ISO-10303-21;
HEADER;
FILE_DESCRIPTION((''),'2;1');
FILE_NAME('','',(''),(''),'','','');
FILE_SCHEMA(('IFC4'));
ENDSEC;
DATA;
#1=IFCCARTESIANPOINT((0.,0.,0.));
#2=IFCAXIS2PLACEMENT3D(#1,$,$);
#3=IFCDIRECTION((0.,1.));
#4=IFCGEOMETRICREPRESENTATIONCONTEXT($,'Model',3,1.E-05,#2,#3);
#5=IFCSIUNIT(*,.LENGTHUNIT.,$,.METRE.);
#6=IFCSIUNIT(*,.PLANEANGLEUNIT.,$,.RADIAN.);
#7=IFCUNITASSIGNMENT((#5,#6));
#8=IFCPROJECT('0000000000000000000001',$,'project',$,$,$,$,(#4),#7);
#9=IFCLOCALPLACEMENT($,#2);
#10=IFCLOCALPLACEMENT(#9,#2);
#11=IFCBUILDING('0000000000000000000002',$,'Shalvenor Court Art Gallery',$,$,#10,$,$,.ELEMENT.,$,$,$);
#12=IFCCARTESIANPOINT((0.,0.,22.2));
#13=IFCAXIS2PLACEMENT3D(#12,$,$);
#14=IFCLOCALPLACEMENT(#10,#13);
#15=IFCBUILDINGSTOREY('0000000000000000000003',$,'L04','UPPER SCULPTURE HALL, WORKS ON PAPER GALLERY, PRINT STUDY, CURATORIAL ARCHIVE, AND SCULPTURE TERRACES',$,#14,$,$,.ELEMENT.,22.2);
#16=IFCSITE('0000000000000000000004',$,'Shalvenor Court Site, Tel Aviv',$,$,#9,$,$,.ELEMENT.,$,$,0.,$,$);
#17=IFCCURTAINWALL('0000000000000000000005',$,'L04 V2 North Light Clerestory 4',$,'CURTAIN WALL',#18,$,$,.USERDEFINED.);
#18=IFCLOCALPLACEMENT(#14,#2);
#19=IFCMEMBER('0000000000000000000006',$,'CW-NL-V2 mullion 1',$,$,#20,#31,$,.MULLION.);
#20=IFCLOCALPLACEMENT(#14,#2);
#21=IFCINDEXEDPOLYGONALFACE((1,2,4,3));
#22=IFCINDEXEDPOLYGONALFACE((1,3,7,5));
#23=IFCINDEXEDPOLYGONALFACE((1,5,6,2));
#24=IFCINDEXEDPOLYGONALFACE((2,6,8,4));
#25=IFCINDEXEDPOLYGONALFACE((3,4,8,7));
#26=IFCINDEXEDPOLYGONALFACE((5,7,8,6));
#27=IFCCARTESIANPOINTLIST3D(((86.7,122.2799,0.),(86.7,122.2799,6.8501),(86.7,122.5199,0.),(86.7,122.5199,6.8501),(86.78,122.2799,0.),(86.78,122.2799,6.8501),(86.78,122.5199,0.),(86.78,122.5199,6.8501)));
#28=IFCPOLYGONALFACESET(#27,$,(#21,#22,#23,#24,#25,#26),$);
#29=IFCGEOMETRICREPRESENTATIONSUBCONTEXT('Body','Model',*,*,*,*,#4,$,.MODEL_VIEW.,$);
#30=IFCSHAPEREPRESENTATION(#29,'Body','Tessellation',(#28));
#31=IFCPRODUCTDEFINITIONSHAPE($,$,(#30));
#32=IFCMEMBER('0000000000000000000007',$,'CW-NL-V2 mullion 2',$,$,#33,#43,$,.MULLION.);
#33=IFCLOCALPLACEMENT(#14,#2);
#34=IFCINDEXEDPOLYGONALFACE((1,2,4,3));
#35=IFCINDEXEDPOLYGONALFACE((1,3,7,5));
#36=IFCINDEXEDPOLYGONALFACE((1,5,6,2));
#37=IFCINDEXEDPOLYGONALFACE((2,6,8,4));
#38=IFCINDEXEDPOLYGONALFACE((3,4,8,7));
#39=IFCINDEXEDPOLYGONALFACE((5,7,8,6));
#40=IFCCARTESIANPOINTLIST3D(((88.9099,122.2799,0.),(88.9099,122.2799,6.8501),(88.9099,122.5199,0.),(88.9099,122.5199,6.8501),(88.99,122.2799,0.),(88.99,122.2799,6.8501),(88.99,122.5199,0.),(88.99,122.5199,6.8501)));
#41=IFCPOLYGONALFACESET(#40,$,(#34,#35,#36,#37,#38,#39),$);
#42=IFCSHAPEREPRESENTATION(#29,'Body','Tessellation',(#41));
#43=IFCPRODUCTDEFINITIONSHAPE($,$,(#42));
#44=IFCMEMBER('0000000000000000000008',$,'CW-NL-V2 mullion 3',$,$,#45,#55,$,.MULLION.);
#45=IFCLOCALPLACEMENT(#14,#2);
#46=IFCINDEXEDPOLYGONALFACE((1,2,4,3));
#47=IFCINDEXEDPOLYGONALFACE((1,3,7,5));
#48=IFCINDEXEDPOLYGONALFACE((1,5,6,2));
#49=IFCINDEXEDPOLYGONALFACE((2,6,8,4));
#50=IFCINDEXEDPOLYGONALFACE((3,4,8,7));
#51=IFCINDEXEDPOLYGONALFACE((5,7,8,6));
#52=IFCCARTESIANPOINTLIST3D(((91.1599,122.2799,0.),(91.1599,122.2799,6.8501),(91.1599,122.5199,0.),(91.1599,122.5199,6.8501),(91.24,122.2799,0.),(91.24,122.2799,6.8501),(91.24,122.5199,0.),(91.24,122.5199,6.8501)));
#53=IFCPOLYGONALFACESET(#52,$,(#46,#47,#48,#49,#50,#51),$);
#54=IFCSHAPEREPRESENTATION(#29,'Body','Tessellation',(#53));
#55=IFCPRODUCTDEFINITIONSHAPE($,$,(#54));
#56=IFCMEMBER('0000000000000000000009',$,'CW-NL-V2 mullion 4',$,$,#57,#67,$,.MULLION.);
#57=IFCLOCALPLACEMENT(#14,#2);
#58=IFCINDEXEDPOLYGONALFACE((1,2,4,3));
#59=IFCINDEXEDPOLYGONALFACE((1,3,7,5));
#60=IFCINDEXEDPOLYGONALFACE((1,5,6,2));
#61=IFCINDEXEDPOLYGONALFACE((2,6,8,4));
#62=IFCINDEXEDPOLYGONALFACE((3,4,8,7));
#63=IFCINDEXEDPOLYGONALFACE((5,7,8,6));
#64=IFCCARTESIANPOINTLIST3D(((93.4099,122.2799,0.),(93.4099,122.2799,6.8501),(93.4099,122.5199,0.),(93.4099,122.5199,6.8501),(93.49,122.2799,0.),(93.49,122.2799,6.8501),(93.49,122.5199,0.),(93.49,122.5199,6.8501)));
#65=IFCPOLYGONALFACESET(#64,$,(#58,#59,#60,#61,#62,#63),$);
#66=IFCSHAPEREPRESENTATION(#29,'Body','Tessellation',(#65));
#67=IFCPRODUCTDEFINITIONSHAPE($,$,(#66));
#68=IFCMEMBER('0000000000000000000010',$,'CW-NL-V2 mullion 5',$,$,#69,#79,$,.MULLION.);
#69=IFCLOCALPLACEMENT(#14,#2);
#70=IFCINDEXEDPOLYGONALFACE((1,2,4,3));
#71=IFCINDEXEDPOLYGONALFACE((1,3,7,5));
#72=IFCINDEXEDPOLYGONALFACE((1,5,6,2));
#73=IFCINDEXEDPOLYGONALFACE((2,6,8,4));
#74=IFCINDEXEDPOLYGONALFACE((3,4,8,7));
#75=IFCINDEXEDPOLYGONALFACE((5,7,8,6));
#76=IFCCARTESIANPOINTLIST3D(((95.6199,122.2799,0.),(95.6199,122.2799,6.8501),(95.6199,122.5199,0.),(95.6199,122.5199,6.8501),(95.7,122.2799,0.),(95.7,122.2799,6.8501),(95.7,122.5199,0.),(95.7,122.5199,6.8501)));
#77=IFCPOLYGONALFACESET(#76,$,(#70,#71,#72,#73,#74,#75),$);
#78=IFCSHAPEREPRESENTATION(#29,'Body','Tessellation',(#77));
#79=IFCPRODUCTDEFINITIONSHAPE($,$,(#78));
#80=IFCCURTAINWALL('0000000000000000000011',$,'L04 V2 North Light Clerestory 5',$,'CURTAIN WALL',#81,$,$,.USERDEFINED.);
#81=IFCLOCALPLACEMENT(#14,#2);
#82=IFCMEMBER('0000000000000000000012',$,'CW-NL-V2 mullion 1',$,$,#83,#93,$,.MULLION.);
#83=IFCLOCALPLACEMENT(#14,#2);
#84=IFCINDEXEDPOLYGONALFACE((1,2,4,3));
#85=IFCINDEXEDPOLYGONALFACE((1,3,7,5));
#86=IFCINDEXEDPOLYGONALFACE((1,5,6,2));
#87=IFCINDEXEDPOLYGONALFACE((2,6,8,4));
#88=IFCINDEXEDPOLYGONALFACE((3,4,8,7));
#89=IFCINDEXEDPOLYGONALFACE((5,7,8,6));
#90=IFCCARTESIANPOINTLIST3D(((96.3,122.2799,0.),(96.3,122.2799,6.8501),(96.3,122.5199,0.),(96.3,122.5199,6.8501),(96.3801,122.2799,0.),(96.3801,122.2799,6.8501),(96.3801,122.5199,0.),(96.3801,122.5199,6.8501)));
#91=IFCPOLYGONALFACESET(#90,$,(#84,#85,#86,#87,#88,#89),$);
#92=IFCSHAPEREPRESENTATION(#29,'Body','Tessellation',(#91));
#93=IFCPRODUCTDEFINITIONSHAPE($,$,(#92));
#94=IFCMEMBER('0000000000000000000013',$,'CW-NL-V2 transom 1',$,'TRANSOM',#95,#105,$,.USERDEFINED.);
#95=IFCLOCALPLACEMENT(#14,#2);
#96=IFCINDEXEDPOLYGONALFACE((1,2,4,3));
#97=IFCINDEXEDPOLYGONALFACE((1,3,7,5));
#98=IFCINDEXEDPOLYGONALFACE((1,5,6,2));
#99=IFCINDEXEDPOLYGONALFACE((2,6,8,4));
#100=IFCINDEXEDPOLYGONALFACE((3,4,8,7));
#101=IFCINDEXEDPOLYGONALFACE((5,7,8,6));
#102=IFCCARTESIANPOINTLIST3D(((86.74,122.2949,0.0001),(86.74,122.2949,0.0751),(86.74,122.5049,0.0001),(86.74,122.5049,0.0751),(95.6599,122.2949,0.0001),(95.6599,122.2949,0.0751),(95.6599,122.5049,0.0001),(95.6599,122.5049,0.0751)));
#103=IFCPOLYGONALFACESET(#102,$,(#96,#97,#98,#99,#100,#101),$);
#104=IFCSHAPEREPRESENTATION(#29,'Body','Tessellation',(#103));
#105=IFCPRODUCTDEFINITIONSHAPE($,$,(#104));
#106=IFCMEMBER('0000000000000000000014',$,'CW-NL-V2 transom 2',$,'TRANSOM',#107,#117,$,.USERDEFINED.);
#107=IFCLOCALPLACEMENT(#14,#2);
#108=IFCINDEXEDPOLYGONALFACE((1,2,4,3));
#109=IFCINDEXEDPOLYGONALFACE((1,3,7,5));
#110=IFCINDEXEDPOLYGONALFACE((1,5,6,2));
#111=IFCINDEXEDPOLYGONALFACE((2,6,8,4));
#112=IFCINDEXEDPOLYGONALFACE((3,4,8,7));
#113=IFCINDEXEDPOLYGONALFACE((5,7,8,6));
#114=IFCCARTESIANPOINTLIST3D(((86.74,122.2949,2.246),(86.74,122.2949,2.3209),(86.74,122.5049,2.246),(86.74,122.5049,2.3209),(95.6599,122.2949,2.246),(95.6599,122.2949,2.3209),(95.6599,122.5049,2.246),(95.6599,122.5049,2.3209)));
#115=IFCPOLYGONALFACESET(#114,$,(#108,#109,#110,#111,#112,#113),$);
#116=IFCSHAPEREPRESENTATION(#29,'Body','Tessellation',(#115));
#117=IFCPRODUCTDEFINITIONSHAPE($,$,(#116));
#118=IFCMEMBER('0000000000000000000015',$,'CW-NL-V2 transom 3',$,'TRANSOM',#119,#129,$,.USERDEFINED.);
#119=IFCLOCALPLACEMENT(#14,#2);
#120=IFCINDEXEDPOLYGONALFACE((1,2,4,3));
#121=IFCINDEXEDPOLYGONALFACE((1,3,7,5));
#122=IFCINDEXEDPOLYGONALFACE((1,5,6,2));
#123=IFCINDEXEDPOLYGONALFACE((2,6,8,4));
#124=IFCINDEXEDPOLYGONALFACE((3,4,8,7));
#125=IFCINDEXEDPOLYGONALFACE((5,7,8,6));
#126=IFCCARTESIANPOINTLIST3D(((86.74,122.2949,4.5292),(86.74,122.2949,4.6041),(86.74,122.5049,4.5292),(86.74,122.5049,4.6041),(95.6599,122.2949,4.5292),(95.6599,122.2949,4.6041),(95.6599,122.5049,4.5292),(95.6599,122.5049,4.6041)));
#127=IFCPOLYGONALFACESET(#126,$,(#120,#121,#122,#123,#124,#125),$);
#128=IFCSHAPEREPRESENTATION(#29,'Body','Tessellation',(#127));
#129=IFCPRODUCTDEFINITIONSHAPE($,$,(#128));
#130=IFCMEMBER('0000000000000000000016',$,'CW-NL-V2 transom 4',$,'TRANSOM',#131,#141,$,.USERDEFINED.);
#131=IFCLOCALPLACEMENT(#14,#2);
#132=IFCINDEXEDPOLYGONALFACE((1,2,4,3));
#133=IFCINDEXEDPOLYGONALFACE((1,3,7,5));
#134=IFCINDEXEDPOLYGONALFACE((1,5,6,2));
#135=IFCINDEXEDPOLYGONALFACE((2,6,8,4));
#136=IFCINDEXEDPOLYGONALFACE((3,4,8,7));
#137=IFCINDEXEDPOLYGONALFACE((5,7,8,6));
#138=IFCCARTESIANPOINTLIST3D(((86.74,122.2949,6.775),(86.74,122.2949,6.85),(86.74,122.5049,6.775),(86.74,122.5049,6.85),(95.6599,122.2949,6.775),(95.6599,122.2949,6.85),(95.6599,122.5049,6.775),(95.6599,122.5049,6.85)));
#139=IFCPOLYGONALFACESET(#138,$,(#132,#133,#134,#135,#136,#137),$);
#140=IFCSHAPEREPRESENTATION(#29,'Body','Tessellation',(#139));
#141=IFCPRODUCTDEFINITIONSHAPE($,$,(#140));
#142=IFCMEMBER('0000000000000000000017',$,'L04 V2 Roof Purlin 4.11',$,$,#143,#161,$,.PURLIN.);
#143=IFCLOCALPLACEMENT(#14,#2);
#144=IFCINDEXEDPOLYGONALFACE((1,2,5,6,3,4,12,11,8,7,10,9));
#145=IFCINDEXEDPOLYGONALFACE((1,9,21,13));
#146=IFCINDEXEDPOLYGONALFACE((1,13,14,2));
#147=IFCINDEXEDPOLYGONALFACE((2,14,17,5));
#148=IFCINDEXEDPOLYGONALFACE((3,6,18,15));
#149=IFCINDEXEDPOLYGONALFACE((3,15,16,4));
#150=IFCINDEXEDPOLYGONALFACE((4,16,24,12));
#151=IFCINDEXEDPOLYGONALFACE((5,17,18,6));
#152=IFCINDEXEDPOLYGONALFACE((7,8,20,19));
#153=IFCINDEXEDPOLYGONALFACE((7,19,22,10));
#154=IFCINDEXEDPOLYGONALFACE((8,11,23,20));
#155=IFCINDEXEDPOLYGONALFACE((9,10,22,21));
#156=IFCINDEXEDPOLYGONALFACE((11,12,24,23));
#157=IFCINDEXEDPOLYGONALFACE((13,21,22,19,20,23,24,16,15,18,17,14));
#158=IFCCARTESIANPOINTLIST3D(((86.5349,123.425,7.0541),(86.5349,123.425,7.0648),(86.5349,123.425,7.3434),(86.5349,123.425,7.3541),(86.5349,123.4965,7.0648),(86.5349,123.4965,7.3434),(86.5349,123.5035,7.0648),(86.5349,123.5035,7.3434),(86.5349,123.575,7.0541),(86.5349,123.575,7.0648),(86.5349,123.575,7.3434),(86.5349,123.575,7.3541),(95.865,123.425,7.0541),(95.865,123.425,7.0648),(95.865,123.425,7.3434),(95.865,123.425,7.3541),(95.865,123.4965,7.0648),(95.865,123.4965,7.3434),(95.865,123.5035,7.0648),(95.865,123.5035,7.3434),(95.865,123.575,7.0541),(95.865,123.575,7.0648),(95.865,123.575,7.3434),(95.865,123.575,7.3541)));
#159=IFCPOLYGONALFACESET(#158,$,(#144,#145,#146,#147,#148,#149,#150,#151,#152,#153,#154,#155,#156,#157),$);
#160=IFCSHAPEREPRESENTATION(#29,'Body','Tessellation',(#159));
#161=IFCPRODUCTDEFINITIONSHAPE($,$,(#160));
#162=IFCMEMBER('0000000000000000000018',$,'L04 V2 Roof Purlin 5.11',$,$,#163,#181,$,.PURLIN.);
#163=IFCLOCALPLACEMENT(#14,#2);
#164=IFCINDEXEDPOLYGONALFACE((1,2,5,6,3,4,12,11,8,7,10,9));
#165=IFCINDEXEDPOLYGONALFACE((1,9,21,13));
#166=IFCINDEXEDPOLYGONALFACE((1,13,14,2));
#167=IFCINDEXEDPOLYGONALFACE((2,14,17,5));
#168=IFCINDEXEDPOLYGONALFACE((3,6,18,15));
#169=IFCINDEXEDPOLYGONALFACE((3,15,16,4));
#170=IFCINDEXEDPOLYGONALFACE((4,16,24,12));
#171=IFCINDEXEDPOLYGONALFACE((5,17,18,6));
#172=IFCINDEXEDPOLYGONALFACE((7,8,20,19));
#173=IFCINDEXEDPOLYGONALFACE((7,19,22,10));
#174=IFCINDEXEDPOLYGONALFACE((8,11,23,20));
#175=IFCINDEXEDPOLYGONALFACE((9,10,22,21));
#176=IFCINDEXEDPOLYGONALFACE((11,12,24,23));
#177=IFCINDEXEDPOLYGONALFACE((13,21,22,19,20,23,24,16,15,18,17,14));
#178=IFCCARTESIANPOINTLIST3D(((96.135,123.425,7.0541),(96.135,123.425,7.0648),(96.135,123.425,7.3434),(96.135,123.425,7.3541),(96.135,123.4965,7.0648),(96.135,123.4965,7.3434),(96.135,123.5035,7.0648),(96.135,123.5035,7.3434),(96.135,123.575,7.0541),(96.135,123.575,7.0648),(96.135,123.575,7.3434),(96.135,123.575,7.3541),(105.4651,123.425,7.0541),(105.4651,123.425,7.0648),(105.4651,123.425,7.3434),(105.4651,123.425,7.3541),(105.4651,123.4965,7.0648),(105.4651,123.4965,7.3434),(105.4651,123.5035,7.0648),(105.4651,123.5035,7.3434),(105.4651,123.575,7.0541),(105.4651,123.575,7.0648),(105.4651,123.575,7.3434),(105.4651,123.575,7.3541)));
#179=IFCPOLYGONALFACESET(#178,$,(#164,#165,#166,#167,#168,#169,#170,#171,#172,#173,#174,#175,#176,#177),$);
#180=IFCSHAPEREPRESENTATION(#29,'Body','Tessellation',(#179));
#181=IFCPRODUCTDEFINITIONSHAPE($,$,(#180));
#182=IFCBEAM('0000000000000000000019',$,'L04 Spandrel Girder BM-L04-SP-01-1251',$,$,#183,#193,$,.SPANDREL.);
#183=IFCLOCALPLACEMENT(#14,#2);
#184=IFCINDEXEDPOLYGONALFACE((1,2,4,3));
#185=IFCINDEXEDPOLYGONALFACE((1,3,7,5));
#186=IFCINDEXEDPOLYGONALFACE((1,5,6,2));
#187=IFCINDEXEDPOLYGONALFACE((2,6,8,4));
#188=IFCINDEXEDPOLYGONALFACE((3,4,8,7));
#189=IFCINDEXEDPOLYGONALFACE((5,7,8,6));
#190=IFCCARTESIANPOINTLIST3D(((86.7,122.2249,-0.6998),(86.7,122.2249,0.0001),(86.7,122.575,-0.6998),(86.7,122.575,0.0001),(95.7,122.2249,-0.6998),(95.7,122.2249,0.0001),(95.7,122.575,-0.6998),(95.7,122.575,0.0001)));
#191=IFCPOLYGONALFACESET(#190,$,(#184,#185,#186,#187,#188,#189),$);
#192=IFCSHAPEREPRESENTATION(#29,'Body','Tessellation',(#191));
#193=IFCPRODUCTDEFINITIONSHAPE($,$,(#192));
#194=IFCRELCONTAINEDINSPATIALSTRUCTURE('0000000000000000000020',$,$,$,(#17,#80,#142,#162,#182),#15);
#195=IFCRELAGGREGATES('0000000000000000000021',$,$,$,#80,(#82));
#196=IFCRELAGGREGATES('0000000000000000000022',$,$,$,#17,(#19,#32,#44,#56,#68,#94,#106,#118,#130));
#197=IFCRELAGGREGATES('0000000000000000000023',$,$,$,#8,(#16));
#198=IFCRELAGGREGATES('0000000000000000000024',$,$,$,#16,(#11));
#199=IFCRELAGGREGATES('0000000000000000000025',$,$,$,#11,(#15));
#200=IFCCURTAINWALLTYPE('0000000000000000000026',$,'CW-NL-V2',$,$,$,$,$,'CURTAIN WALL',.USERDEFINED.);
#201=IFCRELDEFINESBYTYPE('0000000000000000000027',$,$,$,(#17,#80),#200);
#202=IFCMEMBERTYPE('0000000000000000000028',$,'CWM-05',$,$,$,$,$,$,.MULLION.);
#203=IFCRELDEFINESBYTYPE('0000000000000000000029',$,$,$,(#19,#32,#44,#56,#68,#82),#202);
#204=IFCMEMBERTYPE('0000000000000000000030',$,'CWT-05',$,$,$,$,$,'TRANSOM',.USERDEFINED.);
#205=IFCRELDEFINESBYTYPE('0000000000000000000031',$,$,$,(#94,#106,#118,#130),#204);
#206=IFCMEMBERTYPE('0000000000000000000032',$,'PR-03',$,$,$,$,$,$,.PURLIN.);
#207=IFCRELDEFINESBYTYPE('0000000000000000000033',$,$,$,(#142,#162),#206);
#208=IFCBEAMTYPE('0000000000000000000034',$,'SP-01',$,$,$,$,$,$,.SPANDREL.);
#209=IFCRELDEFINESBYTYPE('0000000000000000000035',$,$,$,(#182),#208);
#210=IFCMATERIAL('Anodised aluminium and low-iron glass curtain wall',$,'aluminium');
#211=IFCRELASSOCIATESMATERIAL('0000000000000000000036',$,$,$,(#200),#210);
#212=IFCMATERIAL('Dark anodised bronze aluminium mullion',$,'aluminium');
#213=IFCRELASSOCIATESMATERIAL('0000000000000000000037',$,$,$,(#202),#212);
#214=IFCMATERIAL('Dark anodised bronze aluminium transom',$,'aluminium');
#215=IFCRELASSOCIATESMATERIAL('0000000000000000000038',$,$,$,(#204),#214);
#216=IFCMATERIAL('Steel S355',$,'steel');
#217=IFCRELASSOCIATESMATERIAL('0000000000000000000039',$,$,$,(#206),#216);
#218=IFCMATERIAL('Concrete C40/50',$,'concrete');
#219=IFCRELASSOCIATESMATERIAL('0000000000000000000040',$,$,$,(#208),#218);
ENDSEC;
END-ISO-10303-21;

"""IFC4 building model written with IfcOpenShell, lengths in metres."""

from ifc_helpers import new_model, si_unit, direction, frame, origin, origin_2d, place, context, subcontext, project, spatial, rectangle, i_section, extrude, material, material_profile, profile_set, type_object, element, aggregate, save


model = new_model("IFC4")

# Units and contexts
model_context = context("Model", 3, precision=1e-05, world=origin(), true_north=direction((0.0, 1.0)))
body_context = subcontext(model_context, "Body", "Model", "MODEL_VIEW")
ifc_project = project(units=[si_unit("LENGTHUNIT", "METRE"), si_unit("PLANEANGLEUNIT", "RADIAN")], contexts=[model_context])

# Site, building, storey
site_placement = place(None, origin())
site = spatial("IfcSite", under=ifc_project, at=site_placement, Name="Shalvenor Court Site, Tel Aviv", CompositionType="ELEMENT", RefElevation=0.0)
building_placement = place(site_placement, origin())
building = spatial("IfcBuilding", under=site, at=building_placement, Name="Shalvenor Court Art Gallery", CompositionType="ELEMENT")
storey_placement = place(building_placement, frame((0.0, 0.0, 22.2)))
storey = spatial("IfcBuildingStorey", under=building, at=storey_placement, Name="L04", Description="UPPER SCULPTURE HALL, WORKS ON PAPER GALLERY, PRINT STUDY, CURATORIAL ARCHIVE, AND SCULPTURE TERRACES", CompositionType="ELEMENT", Elevation=22.2)

# Curtain wall, members
ifc_material_1 = material(Name="Anodised aluminium and low-iron glass curtain wall", Category="aluminium")
curtain_wall_type = type_object("IfcCurtainWallType", Name="CW-NL-V2", ElementType="CURTAIN WALL", PredefinedType="USERDEFINED", material=ifc_material_1)
curtain_wall_1_placement = place(storey_placement, origin())
curtain_wall_1 = element("IfcCurtainWall", 1, at=curtain_wall_1_placement, inside=storey, type_object=curtain_wall_type, Name="L04 V2 North Light Clerestory 4", ObjectType="CURTAIN WALL", PredefinedType="USERDEFINED")
ifc_material_2 = material(Name="Dark anodised bronze aluminium mullion", Category="aluminium")
ifc_material_profile_1 = material_profile(ifc_material_2, rectangle(XDim=0.0801, YDim=0.24, at=origin_2d()), Name="CWM-05")
ifc_profile_set_1 = profile_set([ifc_material_profile_1], Name="Dark anodised bronze aluminium mullion")
member_type_1 = type_object("IfcMemberType", Name="CWM-05", PredefinedType="MULLION", material=ifc_profile_set_1)
member_1_placement = place(storey_placement, frame((86.74, 122.3999, 0.0), z_axis=(0.0, 0.0, 1.0), x_axis=(1.0, 0.0, 0.0)))
member_1 = element("IfcMember", 2, at=member_1_placement, type_object=member_type_1, Name="CW-NL-V2 mullion 1", PredefinedType="MULLION", context=body_context, shape_type="SweptSolid", body=[
    extrude(rectangle(XDim=0.0801, YDim=0.24, at=origin_2d()), origin(), (0.0, 0.0, 1.0), 6.8501),
])
member_2_placement = place(storey_placement, frame((88.95, 122.3999, 0.0), z_axis=(0.0, 0.0, 1.0), x_axis=(1.0, 0.0, 0.0)))
member_2 = element("IfcMember", 3, at=member_2_placement, type_object=member_type_1, Name="CW-NL-V2 mullion 2", PredefinedType="MULLION", context=body_context, shape_type="SweptSolid", body=[
    extrude(rectangle(XDim=0.0801, YDim=0.24, at=origin_2d()), origin(), (0.0, 0.0, 1.0), 6.8501),
])
member_3_placement = place(storey_placement, frame((91.2, 122.3999, 0.0), z_axis=(0.0, 0.0, 1.0), x_axis=(1.0, 0.0, 0.0)))
member_3 = element("IfcMember", 4, at=member_3_placement, type_object=member_type_1, Name="CW-NL-V2 mullion 3", PredefinedType="MULLION", context=body_context, shape_type="SweptSolid", body=[
    extrude(rectangle(XDim=0.0801, YDim=0.24, at=origin_2d()), origin(), (0.0, 0.0, 1.0), 6.8501),
])
member_4_placement = place(storey_placement, frame((93.45, 122.3999, 0.0), z_axis=(0.0, 0.0, 1.0), x_axis=(1.0, 0.0, 0.0)))
member_4 = element("IfcMember", 5, at=member_4_placement, type_object=member_type_1, Name="CW-NL-V2 mullion 4", PredefinedType="MULLION", context=body_context, shape_type="SweptSolid", body=[
    extrude(rectangle(XDim=0.0801, YDim=0.24, at=origin_2d()), origin(), (0.0, 0.0, 1.0), 6.8501),
])
member_5_placement = place(storey_placement, frame((95.6599, 122.3999, 0.0), z_axis=(0.0, 0.0, 1.0), x_axis=(1.0, 0.0, 0.0)))
member_5 = element("IfcMember", 6, at=member_5_placement, type_object=member_type_1, Name="CW-NL-V2 mullion 5", PredefinedType="MULLION", context=body_context, shape_type="SweptSolid", body=[
    extrude(rectangle(XDim=0.0801, YDim=0.24, at=origin_2d()), origin(), (0.0, 0.0, 1.0), 6.8501),
])

# Curtain wall, member
curtain_wall_2_placement = place(storey_placement, origin())
curtain_wall_2 = element("IfcCurtainWall", 7, at=curtain_wall_2_placement, inside=storey, type_object=curtain_wall_type, Name="L04 V2 North Light Clerestory 5", ObjectType="CURTAIN WALL", PredefinedType="USERDEFINED")
member_6_placement = place(storey_placement, frame((96.3401, 122.3999, 0.0), z_axis=(0.0, 0.0, 1.0), x_axis=(1.0, 0.0, 0.0)))
member_6 = element("IfcMember", 8, at=member_6_placement, type_object=member_type_1, Name="CW-NL-V2 mullion 1", PredefinedType="MULLION", context=body_context, shape_type="SweptSolid", body=[
    extrude(rectangle(XDim=0.0801, YDim=0.24, at=origin_2d()), origin(), (0.0, 0.0, 1.0), 6.8501),
])
aggregate(curtain_wall_2, [member_6])

# Members
ifc_material_3 = material(Name="Dark anodised bronze aluminium transom", Category="aluminium")
ifc_material_profile_2 = material_profile(ifc_material_3, rectangle(XDim=0.21, YDim=0.075, at=origin_2d()), Name="CWT-05")
ifc_profile_set_2 = profile_set([ifc_material_profile_2], Name="Dark anodised bronze aluminium transom")
member_type_2 = type_object("IfcMemberType", Name="CWT-05", ElementType="TRANSOM", PredefinedType="USERDEFINED", material=ifc_profile_set_2)
member_7_placement = place(storey_placement, frame((86.74, 122.3999, 0.0376), z_axis=(1.0, 0.0, 0.0), x_axis=(0.0, 1.0, 0.0)))
member_7 = element("IfcMember", 9, at=member_7_placement, type_object=member_type_2, Name="CW-NL-V2 transom 1", ObjectType="TRANSOM", PredefinedType="USERDEFINED", context=body_context, shape_type="SweptSolid", body=[
    extrude(rectangle(XDim=0.21, YDim=0.075, at=origin_2d()), origin(), (0.0, 0.0, 1.0), 8.9199),
])
member_8_placement = place(storey_placement, frame((86.74, 122.3999, 2.2834), z_axis=(1.0, 0.0, 0.0), x_axis=(0.0, 1.0, 0.0)))
member_8 = element("IfcMember", 10, at=member_8_placement, type_object=member_type_2, Name="CW-NL-V2 transom 2", ObjectType="TRANSOM", PredefinedType="USERDEFINED", context=body_context, shape_type="SweptSolid", body=[
    extrude(rectangle(XDim=0.21, YDim=0.075, at=origin_2d()), origin(), (0.0, 0.0, 1.0), 8.9199),
])
member_9_placement = place(storey_placement, frame((86.74, 122.3999, 4.5667), z_axis=(1.0, 0.0, 0.0), x_axis=(0.0, 1.0, 0.0)))
member_9 = element("IfcMember", 11, at=member_9_placement, type_object=member_type_2, Name="CW-NL-V2 transom 3", ObjectType="TRANSOM", PredefinedType="USERDEFINED", context=body_context, shape_type="SweptSolid", body=[
    extrude(rectangle(XDim=0.21, YDim=0.075, at=origin_2d()), origin(), (0.0, 0.0, 1.0), 8.9199),
])
member_10_placement = place(storey_placement, frame((86.74, 122.3999, 6.8125), z_axis=(1.0, 0.0, 0.0), x_axis=(0.0, 1.0, 0.0)))
member_10 = element("IfcMember", 12, at=member_10_placement, type_object=member_type_2, Name="CW-NL-V2 transom 4", ObjectType="TRANSOM", PredefinedType="USERDEFINED", context=body_context, shape_type="SweptSolid", body=[
    extrude(rectangle(XDim=0.21, YDim=0.075, at=origin_2d()), origin(), (0.0, 0.0, 1.0), 8.9199),
])

# Members
ifc_material_4 = material(Name="Steel S355", Category="steel")
ifc_material_profile_3 = material_profile(ifc_material_4, i_section(OverallWidth=0.1499, OverallDepth=0.3, WebThickness=0.0071, FlangeThickness=0.0107, at=origin_2d()), Name="IPE 300")
ifc_profile_set_3 = profile_set([ifc_material_profile_3], Name="Steel S355")
member_type_3 = type_object("IfcMemberType", Name="PR-03", PredefinedType="PURLIN", material=ifc_profile_set_3)
for number, where, z_axis, x_axis, name in (
    (13, (86.5349, 123.5, 7.2041), (1.0, 0.0, 0.0), (0.0, 1.0, 0.0), "L04 V2 Roof Purlin 4.11"),
    (14, (96.135, 123.5, 7.2041), (1.0, 0.0, 0.0), (0.0, 1.0, 0.0), "L04 V2 Roof Purlin 5.11"),
):
    element("IfcMember", number, at=place(storey_placement, frame(where, z_axis=z_axis, x_axis=x_axis)), inside=storey, type_object=member_type_3, Name=name, PredefinedType="PURLIN", context=body_context, shape_type="SweptSolid", body=[
        extrude(i_section(OverallWidth=0.1499, OverallDepth=0.3, WebThickness=0.0071, FlangeThickness=0.0107, at=origin_2d()), origin(), (0.0, 0.0, 1.0), 9.3301),
    ])

# Beam
ifc_material_5 = material(Name="Concrete C40/50", Category="concrete")
ifc_material_profile_4 = material_profile(ifc_material_5, rectangle(XDim=0.3501, YDim=0.7, at=origin_2d()), Name="RC 350x700")
ifc_profile_set_4 = profile_set([ifc_material_profile_4], Name="Concrete C40/50")
beam_type = type_object("IfcBeamType", Name="SP-01", PredefinedType="SPANDREL", material=ifc_profile_set_4)
for number, where, z_axis, x_axis, name in (
    (15, (86.7, 122.3999, -0.3499), (1.0, 0.0, 0.0), (0.0, 1.0, 0.0), "L04 Spandrel Girder BM-L04-SP-01-1251"),
):
    element("IfcBeam", number, at=place(storey_placement, frame(where, z_axis=z_axis, x_axis=x_axis)), inside=storey, type_object=beam_type, Name=name, PredefinedType="SPANDREL", context=body_context, shape_type="SweptSolid", body=[
        extrude(rectangle(XDim=0.3501, YDim=0.7, at=origin_2d()), origin(), (0.0, 0.0, 1.0), 9.0),
    ])

aggregate(curtain_wall_1, [member_1, member_2, member_3, member_4, member_5, member_7, member_8, member_9, member_10])

save(model, "model.ifc")
